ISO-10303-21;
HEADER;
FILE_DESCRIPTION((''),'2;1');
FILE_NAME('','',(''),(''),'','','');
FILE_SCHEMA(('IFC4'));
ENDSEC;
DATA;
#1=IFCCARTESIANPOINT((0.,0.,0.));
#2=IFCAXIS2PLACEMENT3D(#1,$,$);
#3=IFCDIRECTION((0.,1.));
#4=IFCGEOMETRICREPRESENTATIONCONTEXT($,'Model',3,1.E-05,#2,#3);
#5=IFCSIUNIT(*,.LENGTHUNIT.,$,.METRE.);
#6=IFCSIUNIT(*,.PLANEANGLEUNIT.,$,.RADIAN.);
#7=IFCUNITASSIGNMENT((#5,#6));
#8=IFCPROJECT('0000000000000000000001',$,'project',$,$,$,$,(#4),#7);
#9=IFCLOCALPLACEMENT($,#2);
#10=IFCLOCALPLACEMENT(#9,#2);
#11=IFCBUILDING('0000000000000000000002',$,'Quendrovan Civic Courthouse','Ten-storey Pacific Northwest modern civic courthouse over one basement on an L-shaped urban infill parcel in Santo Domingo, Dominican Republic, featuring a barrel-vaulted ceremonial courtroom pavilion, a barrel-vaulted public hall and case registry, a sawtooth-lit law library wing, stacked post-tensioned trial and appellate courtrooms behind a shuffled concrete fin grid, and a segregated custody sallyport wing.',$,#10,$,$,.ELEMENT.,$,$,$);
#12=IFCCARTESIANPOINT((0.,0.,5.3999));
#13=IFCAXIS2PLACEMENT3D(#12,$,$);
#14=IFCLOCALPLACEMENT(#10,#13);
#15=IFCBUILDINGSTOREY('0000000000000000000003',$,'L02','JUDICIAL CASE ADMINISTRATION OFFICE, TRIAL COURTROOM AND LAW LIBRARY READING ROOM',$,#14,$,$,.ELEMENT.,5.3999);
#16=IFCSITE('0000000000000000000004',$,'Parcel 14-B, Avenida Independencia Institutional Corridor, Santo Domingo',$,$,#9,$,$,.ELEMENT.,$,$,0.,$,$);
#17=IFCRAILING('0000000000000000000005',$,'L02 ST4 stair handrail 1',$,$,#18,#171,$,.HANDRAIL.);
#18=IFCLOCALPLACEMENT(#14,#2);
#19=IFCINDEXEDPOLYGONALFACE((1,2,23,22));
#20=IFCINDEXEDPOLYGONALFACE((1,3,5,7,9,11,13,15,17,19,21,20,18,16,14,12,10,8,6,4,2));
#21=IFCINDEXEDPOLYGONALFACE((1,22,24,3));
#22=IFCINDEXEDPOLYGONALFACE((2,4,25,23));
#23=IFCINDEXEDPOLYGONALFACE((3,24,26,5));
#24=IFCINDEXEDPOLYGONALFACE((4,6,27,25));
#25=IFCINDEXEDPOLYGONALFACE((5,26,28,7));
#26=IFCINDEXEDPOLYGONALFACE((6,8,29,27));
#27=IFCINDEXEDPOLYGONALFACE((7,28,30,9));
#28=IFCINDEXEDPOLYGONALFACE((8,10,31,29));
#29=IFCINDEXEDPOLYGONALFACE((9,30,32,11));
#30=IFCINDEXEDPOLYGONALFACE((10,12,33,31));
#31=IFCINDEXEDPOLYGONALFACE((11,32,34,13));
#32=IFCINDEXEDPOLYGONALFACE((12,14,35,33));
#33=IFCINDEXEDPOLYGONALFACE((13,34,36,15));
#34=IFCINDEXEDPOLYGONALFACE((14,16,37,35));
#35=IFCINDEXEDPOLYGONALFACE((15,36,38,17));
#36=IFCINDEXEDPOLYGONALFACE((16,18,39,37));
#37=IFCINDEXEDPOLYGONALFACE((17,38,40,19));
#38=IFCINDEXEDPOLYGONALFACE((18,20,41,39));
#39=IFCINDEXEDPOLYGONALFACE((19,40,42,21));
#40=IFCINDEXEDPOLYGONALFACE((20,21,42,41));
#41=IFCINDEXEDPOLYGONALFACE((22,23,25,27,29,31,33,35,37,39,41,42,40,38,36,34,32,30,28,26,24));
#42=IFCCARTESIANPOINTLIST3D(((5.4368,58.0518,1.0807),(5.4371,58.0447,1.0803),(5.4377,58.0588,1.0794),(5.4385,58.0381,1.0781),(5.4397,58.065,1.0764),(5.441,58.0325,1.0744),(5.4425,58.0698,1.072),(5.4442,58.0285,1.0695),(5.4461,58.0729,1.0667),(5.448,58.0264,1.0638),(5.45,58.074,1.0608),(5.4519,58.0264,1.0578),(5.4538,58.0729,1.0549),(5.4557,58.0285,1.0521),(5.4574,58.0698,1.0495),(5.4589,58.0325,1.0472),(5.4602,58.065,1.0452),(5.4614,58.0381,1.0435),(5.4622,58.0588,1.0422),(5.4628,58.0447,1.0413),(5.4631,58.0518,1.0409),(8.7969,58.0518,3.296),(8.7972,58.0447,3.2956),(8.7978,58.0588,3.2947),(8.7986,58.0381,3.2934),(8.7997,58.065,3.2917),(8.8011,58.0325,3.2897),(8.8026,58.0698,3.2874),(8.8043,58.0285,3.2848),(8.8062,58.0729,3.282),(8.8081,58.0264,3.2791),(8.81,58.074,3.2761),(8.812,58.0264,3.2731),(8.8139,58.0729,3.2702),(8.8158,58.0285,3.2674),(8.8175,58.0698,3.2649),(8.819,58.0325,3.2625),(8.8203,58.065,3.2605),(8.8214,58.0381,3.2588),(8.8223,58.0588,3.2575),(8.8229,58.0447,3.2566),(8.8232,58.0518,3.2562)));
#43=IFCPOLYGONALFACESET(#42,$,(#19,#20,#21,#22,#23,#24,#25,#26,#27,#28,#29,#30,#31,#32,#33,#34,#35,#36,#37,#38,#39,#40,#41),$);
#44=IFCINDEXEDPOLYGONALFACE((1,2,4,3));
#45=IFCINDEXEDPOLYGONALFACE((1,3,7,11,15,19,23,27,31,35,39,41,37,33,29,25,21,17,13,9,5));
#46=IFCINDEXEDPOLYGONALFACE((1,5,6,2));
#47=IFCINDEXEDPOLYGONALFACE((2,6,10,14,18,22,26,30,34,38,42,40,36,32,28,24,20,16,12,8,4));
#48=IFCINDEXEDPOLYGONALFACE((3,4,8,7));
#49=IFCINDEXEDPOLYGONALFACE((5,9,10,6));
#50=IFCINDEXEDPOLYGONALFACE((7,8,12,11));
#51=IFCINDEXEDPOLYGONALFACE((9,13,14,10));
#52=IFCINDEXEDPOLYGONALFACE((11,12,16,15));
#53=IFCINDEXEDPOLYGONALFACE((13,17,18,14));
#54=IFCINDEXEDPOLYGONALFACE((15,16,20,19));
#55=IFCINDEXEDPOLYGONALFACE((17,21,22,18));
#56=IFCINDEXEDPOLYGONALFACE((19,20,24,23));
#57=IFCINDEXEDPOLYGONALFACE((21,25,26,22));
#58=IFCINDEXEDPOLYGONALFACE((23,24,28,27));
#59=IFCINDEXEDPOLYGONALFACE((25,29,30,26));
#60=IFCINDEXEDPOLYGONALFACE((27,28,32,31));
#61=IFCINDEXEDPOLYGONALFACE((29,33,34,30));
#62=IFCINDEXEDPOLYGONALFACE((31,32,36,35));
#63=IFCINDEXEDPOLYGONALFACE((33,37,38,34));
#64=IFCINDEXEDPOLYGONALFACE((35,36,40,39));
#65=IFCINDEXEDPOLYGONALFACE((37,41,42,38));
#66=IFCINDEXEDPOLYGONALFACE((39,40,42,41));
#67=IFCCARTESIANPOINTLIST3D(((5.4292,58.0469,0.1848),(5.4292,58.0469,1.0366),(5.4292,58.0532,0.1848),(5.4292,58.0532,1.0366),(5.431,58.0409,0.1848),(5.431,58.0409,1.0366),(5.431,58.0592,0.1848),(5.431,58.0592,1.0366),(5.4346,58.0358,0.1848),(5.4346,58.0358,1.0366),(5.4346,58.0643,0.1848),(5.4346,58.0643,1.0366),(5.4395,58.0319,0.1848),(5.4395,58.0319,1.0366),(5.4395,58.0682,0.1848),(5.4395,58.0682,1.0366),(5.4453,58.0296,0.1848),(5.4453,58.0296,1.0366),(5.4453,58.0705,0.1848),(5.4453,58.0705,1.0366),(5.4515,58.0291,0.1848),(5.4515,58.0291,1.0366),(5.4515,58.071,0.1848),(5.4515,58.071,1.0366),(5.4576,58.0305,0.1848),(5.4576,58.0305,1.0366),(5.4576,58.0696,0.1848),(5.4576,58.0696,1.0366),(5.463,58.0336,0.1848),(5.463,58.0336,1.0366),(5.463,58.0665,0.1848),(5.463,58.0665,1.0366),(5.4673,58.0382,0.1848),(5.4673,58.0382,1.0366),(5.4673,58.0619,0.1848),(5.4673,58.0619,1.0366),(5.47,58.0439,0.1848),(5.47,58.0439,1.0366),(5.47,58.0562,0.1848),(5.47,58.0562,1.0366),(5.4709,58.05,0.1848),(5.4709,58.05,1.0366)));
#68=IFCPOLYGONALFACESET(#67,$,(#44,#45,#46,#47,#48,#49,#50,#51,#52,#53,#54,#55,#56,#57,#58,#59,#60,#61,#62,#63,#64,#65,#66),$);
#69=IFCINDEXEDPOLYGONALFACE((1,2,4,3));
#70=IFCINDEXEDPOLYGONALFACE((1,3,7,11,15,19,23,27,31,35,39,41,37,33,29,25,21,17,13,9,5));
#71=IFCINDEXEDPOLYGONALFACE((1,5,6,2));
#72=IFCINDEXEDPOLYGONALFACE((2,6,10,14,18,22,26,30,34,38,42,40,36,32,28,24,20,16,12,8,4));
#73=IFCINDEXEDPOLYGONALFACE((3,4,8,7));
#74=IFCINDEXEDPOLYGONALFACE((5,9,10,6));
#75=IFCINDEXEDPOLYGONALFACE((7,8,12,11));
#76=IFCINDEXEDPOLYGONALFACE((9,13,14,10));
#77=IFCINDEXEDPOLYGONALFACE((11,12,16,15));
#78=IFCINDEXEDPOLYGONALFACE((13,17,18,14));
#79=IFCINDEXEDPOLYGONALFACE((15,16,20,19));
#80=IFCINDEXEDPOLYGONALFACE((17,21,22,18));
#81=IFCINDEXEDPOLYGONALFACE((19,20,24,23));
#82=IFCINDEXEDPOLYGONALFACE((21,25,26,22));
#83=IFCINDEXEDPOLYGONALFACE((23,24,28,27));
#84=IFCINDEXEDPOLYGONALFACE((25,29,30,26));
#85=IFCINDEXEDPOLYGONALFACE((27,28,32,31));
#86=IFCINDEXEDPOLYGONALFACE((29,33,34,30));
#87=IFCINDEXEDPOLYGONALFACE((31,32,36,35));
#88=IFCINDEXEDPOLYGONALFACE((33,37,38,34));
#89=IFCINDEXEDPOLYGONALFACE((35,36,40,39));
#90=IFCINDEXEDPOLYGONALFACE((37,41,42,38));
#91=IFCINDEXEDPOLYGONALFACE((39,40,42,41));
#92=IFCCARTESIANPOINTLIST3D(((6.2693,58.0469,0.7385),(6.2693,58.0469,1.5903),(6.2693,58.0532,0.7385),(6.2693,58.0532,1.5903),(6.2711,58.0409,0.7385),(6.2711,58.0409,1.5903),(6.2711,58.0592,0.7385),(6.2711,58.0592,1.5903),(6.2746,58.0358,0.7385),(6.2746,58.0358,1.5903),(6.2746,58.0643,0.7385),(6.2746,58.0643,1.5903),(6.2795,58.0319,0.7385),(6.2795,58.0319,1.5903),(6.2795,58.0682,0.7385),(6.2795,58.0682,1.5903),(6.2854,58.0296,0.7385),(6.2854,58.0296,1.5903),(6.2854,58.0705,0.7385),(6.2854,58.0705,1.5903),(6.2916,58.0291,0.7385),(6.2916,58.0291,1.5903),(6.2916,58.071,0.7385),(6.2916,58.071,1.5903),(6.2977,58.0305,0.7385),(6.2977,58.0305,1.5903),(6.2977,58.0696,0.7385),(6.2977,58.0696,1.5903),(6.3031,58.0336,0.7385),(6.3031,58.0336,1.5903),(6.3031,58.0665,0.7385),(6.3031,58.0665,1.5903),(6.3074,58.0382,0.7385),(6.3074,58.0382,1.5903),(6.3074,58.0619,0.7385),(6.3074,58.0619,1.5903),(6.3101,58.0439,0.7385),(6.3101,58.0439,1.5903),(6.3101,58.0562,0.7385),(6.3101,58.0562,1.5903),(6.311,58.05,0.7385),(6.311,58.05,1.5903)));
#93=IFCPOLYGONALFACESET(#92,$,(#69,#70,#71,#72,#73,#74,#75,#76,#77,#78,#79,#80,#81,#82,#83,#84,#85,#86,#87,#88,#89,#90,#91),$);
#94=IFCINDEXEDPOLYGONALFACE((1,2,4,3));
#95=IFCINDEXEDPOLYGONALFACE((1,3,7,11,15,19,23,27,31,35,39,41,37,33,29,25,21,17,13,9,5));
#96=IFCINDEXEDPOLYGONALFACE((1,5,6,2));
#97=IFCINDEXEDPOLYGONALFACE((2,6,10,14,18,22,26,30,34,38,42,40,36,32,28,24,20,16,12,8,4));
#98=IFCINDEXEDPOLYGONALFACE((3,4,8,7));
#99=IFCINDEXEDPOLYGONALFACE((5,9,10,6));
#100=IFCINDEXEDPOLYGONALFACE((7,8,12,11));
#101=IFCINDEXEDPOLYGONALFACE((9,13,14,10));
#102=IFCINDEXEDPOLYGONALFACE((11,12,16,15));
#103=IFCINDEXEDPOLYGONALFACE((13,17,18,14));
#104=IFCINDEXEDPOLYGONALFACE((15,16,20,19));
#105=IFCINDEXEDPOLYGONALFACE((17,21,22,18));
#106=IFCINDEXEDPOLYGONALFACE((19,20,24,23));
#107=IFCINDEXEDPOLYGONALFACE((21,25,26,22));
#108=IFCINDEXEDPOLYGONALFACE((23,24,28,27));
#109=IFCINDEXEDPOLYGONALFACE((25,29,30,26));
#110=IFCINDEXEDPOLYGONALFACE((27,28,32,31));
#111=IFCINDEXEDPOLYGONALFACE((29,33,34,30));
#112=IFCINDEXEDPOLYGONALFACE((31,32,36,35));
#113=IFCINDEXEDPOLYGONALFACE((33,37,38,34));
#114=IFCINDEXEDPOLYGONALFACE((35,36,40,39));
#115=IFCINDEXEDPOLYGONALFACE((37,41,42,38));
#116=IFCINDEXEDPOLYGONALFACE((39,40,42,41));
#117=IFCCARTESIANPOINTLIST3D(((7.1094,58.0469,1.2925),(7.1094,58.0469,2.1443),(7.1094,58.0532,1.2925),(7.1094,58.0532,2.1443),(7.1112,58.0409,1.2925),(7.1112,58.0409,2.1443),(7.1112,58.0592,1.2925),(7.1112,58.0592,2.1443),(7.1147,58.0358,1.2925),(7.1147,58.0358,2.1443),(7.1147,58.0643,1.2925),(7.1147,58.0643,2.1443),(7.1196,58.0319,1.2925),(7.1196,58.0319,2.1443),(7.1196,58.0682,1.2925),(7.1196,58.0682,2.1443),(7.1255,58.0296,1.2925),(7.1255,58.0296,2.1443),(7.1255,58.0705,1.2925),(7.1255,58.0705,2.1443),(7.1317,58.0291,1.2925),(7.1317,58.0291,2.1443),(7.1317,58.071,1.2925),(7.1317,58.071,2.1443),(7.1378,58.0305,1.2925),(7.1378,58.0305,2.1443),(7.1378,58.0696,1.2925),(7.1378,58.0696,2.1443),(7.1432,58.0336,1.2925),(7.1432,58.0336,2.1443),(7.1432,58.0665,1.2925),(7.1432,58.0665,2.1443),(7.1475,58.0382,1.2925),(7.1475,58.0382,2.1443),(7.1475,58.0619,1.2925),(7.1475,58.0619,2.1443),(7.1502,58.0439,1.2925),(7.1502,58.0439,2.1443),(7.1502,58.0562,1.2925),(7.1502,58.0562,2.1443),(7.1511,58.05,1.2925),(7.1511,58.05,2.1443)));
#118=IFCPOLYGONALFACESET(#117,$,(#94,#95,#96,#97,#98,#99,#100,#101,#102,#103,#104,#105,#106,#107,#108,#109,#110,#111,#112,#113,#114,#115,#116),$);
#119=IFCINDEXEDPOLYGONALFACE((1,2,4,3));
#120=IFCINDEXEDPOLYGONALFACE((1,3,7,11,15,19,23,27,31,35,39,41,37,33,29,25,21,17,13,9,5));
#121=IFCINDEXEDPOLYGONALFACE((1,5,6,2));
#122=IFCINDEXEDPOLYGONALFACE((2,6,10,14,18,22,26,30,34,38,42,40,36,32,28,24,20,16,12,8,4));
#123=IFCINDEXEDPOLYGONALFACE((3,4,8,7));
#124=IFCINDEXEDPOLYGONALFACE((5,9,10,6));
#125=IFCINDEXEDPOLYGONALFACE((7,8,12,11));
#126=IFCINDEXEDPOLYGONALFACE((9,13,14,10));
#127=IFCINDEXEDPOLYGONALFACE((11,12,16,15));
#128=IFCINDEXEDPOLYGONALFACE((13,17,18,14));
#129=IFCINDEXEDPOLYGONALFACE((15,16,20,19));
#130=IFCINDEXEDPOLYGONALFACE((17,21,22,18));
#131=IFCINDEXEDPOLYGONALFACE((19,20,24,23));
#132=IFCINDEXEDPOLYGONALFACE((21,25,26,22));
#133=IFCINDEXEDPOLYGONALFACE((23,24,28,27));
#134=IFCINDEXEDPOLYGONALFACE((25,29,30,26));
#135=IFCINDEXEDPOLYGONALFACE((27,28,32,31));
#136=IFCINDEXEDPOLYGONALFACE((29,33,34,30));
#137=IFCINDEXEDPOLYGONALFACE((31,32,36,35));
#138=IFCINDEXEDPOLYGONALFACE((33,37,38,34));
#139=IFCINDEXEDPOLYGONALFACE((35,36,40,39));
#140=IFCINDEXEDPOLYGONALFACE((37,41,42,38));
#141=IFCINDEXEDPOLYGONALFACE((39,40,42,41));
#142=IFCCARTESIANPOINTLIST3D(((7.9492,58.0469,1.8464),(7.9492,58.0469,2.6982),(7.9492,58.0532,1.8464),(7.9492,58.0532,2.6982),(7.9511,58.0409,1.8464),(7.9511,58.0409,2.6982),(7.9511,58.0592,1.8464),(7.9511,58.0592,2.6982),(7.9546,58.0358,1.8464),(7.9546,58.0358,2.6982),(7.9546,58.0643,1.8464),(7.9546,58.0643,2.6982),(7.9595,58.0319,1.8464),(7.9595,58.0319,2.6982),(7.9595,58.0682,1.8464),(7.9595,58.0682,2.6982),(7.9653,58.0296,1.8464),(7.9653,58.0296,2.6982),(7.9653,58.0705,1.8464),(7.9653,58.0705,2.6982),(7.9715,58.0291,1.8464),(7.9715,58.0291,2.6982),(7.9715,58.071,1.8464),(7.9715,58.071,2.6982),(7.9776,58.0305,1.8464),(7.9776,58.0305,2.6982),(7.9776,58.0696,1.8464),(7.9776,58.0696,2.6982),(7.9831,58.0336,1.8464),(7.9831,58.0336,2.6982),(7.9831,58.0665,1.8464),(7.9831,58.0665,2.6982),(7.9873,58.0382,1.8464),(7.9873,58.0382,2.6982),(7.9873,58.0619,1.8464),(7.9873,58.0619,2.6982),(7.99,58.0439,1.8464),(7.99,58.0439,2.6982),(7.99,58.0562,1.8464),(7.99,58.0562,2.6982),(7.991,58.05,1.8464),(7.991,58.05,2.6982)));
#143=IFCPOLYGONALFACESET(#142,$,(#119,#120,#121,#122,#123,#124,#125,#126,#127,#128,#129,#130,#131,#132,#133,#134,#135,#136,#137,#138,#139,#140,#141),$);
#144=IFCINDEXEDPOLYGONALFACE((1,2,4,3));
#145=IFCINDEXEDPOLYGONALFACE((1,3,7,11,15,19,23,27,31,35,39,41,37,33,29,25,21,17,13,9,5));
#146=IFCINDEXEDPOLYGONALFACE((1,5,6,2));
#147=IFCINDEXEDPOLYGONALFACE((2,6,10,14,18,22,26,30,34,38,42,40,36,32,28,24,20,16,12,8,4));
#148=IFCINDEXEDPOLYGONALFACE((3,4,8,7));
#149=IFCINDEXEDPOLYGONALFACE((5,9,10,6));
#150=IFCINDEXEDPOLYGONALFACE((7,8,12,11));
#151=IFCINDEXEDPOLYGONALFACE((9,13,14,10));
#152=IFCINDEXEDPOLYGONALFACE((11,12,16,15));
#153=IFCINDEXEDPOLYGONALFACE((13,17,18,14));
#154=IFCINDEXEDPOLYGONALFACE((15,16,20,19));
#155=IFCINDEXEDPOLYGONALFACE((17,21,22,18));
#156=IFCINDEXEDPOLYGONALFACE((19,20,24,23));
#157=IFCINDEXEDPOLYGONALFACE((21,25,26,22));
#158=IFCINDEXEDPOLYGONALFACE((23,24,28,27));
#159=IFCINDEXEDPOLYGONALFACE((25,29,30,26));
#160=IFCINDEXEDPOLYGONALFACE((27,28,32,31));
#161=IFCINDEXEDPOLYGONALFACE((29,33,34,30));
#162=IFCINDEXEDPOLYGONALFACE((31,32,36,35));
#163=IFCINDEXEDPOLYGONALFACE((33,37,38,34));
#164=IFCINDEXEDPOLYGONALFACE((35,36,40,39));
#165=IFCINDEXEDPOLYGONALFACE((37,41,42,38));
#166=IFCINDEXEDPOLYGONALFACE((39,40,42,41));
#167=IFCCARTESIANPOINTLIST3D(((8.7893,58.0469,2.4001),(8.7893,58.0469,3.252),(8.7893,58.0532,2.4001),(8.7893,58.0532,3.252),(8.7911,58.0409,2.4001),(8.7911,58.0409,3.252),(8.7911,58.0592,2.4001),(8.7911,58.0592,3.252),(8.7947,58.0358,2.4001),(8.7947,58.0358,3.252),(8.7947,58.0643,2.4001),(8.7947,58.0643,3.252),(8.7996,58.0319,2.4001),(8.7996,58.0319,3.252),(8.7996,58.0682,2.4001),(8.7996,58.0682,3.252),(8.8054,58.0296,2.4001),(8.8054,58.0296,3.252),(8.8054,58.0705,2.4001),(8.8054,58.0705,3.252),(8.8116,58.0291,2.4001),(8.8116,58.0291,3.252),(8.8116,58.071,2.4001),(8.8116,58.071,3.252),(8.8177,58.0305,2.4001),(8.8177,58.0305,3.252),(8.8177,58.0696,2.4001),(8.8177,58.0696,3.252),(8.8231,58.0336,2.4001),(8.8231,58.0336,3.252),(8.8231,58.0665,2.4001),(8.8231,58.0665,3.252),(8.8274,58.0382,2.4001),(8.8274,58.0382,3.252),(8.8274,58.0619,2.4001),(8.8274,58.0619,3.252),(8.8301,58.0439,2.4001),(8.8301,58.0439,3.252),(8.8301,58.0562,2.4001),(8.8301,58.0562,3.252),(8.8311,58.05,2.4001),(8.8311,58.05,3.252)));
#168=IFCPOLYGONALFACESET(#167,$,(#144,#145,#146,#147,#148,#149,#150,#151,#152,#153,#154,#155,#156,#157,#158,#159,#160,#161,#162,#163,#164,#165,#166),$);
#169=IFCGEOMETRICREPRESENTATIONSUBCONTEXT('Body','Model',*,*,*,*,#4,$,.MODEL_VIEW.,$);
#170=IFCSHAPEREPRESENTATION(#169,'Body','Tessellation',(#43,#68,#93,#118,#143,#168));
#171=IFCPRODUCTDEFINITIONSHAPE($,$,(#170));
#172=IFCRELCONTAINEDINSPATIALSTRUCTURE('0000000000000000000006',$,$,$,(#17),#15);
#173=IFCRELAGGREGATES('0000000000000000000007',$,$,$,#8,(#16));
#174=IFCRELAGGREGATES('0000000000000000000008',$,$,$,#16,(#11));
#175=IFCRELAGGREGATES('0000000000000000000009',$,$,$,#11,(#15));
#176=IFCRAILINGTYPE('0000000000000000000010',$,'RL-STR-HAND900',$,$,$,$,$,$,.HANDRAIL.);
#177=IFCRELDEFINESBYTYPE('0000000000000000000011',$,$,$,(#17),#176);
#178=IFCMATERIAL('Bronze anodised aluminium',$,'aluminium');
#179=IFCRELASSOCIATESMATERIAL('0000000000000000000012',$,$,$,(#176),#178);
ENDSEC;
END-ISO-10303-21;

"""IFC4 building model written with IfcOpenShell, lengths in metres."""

from ifc_helpers import new_model, si_unit, direction, frame, origin, origin_2d, place, context, subcontext, project, spatial, circle, extrude, material, type_object, element, save


model = new_model("IFC4")

# Units and contexts
model_context = context("Model", 3, precision=1e-05, world=origin(), true_north=direction((0.0, 1.0)))
body_context = subcontext(model_context, "Body", "Model", "MODEL_VIEW")
ifc_project = project(units=[si_unit("LENGTHUNIT", "METRE"), si_unit("PLANEANGLEUNIT", "RADIAN")], contexts=[model_context])

# Site, building, storey
site_placement = place(None, origin())
site = spatial("IfcSite", under=ifc_project, at=site_placement, Name="Parcel 14-B, Avenida Independencia Institutional Corridor, Santo Domingo", CompositionType="ELEMENT", RefElevation=0.0)
building_placement = place(site_placement, origin())
building = spatial("IfcBuilding", under=site, at=building_placement, Name="Quendrovan Civic Courthouse", Description="Ten-storey Pacific Northwest modern civic courthouse over one basement on an L-shaped urban infill parcel in Santo Domingo, Dominican Republic, featuring a barrel-vaulted ceremonial courtroom pavilion, a barrel-vaulted public hall and case registry, a sawtooth-lit law library wing, stacked post-tensioned trial and appellate courtrooms behind a shuffled concrete fin grid, and a segregated custody sallyport wing.", CompositionType="ELEMENT")
storey_placement = place(building_placement, frame((0.0, 0.0, 5.3999)))
storey = spatial("IfcBuildingStorey", under=building, at=storey_placement, Name="L02", Description="JUDICIAL CASE ADMINISTRATION OFFICE, TRIAL COURTROOM AND LAW LIBRARY READING ROOM", CompositionType="ELEMENT", Elevation=5.3999)

# Railing
ifc_material_1 = material(Name="Bronze anodised aluminium", Category="aluminium")
railing_type_1 = type_object("IfcRailingType", Name="RL-STR-HAND900", PredefinedType="HANDRAIL", material=ifc_material_1)
railing_1_placement = place(storey_placement, frame((5.45, 58.05, 0.1848)))
element("IfcRailing", 1, at=railing_1_placement, inside=storey, type_object=railing_type_1, Name="L02 ST4 stair handrail 1", PredefinedType="HANDRAIL", context=body_context, shape_type="SweptSolid", body=[
    extrude(circle(Radius=0.0239, at=origin_2d()), frame((0.0, 0.0, 0.876), z_axis=(0.834876, 0.0, 0.550437), x_axis=(0.0, 1.0, 0.0)), (0.0, 0.0, 1.0), 4.0247),
    extrude(circle(Radius=0.021, at=origin_2d()), origin(), (0.0, 0.0, 1.0), 0.8518),
    extrude(circle(Radius=0.021, at=origin_2d()), frame((0.8401, 0.0, 0.5537)), (0.0, 0.0, 1.0), 0.8518),
    extrude(circle(Radius=0.021, at=origin_2d()), frame((1.6802, 0.0, 1.1077)), (0.0, 0.0, 1.0), 0.8518),
    extrude(circle(Radius=0.021, at=origin_2d()), frame((2.52, 0.0, 1.6616)), (0.0, 0.0, 1.0), 0.8518),
    extrude(circle(Radius=0.021, at=origin_2d()), frame((3.3601, 0.0, 2.2153)), (0.0, 0.0, 1.0), 0.8518),
])

save(model, "model.ifc")
